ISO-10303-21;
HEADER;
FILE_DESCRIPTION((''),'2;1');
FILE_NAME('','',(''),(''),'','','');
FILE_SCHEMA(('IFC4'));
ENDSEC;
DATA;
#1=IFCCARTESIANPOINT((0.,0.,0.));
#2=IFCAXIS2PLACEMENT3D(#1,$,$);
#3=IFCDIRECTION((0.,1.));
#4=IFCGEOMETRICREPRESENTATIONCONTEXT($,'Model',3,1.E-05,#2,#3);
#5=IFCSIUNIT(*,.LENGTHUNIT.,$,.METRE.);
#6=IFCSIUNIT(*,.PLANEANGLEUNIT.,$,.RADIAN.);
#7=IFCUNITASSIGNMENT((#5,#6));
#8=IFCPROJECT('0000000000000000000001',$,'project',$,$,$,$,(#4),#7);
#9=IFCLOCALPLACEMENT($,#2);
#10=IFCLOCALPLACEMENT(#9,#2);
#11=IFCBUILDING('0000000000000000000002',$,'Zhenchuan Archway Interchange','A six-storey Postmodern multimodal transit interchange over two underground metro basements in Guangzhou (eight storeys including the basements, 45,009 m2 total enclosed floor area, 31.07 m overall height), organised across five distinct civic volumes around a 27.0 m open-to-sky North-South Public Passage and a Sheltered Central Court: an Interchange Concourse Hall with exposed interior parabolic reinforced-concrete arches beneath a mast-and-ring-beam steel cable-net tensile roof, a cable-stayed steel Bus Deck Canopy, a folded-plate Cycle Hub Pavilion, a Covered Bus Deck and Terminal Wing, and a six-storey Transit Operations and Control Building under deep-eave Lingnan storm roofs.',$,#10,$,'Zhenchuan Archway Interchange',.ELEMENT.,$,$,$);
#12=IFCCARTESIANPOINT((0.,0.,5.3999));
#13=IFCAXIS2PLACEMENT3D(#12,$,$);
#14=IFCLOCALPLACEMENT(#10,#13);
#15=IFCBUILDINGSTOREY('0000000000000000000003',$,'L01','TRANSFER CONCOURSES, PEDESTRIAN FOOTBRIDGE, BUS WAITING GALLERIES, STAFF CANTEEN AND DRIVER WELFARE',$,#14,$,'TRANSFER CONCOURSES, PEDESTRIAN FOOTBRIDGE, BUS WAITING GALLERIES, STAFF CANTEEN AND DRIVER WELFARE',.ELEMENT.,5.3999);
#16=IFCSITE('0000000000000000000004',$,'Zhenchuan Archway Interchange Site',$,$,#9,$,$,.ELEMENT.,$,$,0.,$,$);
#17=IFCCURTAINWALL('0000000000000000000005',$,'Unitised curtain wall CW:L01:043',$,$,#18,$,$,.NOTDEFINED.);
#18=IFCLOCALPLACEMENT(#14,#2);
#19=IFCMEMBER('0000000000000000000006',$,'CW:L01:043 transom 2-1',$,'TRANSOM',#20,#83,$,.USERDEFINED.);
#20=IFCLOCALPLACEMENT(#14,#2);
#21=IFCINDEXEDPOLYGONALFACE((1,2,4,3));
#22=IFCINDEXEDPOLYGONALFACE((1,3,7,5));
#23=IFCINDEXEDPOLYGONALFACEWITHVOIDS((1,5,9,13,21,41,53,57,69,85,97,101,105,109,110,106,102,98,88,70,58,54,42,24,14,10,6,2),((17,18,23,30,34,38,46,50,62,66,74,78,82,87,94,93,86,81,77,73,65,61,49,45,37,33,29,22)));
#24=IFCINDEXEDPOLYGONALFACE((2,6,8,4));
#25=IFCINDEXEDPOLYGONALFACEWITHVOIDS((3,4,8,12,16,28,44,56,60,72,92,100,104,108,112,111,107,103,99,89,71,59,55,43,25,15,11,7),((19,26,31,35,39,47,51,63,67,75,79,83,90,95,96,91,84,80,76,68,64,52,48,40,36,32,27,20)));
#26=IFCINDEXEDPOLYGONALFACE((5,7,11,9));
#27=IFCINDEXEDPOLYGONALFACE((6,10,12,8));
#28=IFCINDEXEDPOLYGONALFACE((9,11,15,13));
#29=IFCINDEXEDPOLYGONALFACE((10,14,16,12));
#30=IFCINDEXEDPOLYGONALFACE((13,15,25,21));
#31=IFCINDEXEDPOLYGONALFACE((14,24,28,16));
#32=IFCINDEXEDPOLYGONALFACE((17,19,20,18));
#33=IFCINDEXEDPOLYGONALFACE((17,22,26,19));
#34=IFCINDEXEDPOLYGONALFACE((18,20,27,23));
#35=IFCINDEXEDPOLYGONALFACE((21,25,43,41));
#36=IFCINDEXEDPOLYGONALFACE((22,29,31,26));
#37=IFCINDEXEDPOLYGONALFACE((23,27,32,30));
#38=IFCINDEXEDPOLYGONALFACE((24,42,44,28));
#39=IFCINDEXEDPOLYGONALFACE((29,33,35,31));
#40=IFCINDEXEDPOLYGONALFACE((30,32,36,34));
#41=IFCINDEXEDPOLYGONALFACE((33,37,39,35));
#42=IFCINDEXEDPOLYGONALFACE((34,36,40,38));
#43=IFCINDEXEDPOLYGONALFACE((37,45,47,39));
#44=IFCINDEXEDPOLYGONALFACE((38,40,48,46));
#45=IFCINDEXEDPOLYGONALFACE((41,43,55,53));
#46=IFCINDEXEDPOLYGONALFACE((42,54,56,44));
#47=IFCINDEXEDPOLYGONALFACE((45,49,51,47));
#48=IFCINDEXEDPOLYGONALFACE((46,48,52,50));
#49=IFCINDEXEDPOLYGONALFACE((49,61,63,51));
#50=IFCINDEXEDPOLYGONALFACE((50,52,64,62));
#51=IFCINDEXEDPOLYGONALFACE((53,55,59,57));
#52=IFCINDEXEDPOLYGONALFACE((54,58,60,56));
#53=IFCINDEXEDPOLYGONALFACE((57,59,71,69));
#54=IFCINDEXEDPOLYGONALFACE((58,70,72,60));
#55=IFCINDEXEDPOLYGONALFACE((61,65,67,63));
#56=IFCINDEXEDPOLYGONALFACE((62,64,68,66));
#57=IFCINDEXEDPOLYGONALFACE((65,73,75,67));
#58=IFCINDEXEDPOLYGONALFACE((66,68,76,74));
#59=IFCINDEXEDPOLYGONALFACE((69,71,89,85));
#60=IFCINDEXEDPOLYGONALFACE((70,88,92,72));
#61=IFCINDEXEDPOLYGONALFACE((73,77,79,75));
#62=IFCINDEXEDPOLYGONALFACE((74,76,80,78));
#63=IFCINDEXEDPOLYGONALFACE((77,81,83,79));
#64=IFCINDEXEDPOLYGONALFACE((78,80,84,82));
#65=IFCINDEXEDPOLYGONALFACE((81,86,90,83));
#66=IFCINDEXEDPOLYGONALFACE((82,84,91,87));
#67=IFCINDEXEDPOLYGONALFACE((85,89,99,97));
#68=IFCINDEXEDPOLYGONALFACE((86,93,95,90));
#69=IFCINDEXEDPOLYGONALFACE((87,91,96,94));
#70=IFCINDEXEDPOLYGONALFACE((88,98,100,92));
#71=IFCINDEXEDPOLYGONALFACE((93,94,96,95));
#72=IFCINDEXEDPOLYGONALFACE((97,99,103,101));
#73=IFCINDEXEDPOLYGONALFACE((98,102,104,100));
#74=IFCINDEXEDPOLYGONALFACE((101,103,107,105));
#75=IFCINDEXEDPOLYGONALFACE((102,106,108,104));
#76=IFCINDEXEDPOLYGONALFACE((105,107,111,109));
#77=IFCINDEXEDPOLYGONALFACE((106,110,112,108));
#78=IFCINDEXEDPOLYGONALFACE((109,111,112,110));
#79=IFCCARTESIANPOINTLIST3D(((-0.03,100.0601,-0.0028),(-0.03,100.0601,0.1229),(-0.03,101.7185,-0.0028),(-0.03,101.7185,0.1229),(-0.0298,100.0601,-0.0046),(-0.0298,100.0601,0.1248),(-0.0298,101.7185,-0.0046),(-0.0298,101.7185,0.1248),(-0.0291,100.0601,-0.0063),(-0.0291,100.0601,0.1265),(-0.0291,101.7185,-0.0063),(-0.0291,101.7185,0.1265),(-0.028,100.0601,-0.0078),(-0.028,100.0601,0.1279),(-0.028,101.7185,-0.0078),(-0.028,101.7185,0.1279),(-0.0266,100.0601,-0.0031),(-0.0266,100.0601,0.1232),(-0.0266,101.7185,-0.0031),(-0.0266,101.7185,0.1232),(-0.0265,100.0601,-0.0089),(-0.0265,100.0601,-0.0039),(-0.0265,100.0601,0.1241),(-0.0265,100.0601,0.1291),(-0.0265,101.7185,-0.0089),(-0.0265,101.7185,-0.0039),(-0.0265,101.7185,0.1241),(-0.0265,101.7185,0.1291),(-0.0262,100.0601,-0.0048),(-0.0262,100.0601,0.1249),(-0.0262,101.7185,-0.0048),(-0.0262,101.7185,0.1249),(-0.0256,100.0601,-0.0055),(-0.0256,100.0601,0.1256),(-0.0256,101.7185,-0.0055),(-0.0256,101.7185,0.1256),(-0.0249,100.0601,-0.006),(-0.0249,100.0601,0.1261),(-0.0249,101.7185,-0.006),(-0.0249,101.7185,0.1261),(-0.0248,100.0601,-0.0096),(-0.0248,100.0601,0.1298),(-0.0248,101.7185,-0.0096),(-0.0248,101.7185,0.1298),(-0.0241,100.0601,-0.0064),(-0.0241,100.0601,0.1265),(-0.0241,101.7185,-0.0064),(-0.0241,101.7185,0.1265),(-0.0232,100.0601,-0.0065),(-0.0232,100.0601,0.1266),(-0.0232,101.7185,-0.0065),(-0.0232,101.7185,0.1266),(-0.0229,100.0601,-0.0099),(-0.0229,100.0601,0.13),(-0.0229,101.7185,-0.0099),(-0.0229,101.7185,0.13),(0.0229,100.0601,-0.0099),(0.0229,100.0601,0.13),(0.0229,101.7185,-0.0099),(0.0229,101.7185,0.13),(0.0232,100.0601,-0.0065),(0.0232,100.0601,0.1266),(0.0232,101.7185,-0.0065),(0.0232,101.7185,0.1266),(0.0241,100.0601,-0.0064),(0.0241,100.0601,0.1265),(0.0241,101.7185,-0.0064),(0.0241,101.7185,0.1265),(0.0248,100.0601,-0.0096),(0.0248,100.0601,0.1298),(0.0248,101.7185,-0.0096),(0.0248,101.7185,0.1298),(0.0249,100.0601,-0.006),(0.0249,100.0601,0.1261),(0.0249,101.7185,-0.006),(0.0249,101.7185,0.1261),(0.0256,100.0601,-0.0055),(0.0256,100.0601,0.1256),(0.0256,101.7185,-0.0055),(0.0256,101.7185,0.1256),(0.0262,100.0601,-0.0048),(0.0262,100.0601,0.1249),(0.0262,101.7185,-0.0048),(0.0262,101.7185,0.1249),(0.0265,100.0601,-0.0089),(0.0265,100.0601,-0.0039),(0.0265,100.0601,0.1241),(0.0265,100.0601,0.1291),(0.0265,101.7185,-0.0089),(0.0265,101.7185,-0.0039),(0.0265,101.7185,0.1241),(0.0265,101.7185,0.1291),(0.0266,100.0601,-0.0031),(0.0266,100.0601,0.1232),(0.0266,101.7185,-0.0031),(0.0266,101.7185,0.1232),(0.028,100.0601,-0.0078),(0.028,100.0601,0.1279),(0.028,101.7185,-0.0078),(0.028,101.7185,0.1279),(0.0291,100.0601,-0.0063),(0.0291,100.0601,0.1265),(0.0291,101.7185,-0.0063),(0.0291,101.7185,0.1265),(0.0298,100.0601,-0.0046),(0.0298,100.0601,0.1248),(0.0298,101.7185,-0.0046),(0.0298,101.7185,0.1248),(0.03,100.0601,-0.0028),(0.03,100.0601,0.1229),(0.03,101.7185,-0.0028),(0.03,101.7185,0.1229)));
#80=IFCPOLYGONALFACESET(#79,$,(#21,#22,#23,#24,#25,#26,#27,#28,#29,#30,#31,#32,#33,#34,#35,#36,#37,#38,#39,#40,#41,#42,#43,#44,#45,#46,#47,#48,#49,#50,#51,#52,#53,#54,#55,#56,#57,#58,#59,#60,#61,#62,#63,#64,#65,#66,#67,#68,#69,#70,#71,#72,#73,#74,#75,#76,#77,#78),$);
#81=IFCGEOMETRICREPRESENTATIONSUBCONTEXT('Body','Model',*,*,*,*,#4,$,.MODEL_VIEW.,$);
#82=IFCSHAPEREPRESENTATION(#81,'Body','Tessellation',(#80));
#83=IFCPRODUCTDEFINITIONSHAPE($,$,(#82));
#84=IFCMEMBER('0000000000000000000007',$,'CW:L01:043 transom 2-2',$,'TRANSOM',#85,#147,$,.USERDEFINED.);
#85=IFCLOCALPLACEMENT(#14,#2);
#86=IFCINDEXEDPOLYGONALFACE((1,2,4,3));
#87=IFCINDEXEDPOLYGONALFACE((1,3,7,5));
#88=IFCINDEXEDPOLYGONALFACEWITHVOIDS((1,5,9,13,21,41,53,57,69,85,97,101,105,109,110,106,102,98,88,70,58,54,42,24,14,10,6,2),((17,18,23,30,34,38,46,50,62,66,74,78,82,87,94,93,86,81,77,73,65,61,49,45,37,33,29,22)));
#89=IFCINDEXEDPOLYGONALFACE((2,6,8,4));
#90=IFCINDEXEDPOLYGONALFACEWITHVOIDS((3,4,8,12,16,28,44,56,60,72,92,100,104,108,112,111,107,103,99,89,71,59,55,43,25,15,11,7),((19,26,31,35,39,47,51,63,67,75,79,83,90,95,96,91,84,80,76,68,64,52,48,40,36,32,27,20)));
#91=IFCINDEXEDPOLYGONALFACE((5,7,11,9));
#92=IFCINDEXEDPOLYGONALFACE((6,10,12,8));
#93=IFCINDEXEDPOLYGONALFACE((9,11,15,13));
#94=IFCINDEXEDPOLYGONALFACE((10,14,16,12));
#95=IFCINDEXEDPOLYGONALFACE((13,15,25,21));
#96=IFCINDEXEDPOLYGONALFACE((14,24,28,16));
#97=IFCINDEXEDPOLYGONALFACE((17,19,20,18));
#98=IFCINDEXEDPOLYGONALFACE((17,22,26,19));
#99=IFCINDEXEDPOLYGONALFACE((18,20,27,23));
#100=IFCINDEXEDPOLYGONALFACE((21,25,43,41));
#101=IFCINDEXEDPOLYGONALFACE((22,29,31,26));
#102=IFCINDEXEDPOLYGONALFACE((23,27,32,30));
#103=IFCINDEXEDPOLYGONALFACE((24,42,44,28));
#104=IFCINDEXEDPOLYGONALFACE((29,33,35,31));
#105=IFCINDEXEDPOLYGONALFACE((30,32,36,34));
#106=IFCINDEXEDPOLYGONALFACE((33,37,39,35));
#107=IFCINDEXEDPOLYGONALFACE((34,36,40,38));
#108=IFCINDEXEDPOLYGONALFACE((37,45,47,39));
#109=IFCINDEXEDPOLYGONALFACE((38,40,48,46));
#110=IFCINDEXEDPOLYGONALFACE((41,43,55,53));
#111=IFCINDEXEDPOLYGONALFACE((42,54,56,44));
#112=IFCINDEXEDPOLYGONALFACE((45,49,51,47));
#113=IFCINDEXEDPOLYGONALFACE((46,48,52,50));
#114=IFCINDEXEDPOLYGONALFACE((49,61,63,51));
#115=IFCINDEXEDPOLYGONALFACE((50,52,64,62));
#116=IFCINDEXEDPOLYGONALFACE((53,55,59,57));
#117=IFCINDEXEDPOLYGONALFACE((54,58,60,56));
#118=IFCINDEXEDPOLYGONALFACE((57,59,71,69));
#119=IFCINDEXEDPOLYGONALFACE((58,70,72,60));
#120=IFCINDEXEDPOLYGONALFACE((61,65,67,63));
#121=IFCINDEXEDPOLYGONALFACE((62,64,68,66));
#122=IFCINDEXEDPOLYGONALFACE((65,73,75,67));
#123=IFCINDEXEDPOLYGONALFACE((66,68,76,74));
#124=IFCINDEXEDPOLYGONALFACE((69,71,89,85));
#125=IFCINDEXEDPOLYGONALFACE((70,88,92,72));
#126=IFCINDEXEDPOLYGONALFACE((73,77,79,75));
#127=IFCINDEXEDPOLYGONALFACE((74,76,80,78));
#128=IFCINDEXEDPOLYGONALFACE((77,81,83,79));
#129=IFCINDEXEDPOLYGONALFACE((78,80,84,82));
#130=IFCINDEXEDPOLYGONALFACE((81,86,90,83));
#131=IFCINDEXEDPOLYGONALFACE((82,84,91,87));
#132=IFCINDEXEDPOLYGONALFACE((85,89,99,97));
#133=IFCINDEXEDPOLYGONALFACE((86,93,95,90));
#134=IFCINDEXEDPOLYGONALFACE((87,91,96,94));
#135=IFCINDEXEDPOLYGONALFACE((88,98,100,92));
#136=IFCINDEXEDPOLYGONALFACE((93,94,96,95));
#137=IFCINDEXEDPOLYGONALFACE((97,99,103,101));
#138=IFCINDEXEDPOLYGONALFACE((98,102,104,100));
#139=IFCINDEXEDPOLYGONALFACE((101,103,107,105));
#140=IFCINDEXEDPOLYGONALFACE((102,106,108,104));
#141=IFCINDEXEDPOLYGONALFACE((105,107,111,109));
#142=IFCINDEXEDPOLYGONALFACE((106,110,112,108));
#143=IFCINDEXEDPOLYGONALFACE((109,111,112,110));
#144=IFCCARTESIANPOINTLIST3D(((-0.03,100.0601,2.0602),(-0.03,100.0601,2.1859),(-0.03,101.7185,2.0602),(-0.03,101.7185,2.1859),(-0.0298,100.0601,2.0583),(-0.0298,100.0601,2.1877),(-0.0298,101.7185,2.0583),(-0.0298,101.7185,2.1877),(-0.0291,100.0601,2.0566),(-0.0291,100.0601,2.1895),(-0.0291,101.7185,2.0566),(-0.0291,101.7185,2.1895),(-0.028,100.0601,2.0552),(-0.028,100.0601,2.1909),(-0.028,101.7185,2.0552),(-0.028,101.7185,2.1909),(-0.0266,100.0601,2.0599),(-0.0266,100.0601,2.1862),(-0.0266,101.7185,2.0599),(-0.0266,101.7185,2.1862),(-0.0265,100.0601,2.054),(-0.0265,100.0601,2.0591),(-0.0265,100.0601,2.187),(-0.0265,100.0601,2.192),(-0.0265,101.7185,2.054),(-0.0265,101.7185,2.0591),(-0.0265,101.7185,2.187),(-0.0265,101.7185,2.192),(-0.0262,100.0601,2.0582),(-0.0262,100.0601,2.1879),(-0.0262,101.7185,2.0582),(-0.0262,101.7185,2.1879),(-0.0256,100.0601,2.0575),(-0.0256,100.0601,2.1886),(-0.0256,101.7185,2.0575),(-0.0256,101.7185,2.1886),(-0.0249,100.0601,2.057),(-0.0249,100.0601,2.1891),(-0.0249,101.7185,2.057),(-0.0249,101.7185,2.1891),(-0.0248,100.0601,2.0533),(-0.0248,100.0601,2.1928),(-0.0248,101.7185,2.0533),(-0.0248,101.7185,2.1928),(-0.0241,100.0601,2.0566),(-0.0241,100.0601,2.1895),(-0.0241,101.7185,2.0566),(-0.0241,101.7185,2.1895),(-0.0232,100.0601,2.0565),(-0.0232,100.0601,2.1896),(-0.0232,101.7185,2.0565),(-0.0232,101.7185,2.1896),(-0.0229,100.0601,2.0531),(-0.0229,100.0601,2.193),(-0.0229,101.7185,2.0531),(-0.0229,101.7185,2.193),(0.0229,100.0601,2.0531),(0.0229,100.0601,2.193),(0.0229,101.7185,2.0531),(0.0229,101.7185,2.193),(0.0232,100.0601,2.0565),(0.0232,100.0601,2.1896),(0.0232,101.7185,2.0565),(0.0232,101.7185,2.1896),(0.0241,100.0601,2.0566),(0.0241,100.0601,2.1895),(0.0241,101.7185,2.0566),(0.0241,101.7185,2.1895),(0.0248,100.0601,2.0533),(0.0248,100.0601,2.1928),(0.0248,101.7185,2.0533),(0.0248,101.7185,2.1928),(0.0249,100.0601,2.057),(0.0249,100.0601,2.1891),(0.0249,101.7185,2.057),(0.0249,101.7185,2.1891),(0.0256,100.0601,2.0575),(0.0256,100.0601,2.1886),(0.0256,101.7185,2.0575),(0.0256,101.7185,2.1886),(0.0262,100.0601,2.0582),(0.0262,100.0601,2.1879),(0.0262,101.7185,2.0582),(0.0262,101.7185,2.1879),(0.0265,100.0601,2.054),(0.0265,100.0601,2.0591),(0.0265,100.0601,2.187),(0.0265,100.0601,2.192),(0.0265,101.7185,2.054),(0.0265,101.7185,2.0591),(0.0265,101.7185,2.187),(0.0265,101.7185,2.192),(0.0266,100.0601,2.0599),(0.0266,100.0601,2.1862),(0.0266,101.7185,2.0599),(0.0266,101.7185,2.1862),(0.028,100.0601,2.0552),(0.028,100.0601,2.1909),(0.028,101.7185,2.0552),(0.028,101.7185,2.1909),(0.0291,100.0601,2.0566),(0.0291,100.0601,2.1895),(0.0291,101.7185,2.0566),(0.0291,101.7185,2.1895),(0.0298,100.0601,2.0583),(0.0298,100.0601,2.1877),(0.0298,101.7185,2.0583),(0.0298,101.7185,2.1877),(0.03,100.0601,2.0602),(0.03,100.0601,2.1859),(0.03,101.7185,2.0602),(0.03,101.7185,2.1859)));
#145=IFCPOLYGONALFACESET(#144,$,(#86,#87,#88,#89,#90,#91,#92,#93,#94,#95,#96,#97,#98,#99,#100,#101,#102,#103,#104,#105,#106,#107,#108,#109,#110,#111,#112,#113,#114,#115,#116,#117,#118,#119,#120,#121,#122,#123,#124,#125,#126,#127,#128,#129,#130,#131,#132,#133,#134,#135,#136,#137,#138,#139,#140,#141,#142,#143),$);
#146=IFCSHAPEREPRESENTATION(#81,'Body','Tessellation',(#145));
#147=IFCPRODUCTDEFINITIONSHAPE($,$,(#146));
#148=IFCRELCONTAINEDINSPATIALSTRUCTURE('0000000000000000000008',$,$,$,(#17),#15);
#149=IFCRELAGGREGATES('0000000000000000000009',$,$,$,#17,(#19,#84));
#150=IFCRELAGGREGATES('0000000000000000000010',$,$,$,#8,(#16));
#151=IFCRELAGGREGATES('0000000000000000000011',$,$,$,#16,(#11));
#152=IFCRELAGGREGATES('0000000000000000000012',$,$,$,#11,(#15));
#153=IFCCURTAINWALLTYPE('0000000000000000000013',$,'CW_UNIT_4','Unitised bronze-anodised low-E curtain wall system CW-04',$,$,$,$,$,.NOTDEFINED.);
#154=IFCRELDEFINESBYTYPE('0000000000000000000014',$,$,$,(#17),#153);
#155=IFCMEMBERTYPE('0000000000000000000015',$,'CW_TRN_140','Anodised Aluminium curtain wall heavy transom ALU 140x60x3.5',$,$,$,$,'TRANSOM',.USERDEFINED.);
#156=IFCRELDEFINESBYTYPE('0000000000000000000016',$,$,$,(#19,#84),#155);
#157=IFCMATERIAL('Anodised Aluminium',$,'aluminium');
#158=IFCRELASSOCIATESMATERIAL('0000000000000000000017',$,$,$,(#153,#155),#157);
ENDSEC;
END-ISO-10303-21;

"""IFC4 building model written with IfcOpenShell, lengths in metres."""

from ifc_helpers import new_model, si_unit, direction, frame, origin, origin_2d, place, context, subcontext, project, spatial, hollow_rectangle, extrude, material, material_profile, profile_set, type_object, element, aggregate, save


model = new_model("IFC4")

# Units and contexts
model_context = context("Model", 3, precision=1e-05, world=origin(), true_north=direction((0.0, 1.0)))
body_context = subcontext(model_context, "Body", "Model", "MODEL_VIEW")
ifc_project = project(units=[si_unit("LENGTHUNIT", "METRE"), si_unit("PLANEANGLEUNIT", "RADIAN")], contexts=[model_context])

# Site, building, storey
site_placement = place(None, origin())
site = spatial("IfcSite", under=ifc_project, at=site_placement, Name="Zhenchuan Archway Interchange Site", CompositionType="ELEMENT", RefElevation=0.0)
building_placement = place(site_placement, origin())
building = spatial("IfcBuilding", under=site, at=building_placement, Name="Zhenchuan Archway Interchange", Description="A six-storey Postmodern multimodal transit interchange over two underground metro basements in Guangzhou (eight storeys including the basements, 45,009 m2 total enclosed floor area, 31.07 m overall height), organised across five distinct civic volumes around a 27.0 m open-to-sky North-South Public Passage and a Sheltered Central Court: an Interchange Concourse Hall with exposed interior parabolic reinforced-concrete arches beneath a mast-and-ring-beam steel cable-net tensile roof, a cable-stayed steel Bus Deck Canopy, a folded-plate Cycle Hub Pavilion, a Covered Bus Deck and Terminal Wing, and a six-storey Transit Operations and Control Building under deep-eave Lingnan storm roofs.", LongName="Zhenchuan Archway Interchange", CompositionType="ELEMENT")
storey_placement = place(building_placement, frame((0.0, 0.0, 5.3999)))
storey = spatial("IfcBuildingStorey", under=building, at=storey_placement, Name="L01", Description="TRANSFER CONCOURSES, PEDESTRIAN FOOTBRIDGE, BUS WAITING GALLERIES, STAFF CANTEEN AND DRIVER WELFARE", LongName="TRANSFER CONCOURSES, PEDESTRIAN FOOTBRIDGE, BUS WAITING GALLERIES, STAFF CANTEEN AND DRIVER WELFARE", CompositionType="ELEMENT", Elevation=5.3999)

# Curtain wall, members
ifc_material_1 = material(Name="Anodised Aluminium", Category="aluminium")
curtain_wall_type = type_object("IfcCurtainWallType", Name="CW_UNIT_4", Description="Unitised bronze-anodised low-E curtain wall system CW-04", PredefinedType="NOTDEFINED", material=ifc_material_1)
curtain_wall_placement = place(storey_placement, origin())
curtain_wall = element("IfcCurtainWall", 1, at=curtain_wall_placement, inside=storey, type_object=curtain_wall_type, Name="Unitised curtain wall CW:L01:043", PredefinedType="NOTDEFINED")
ifc_material_profile_1 = material_profile(ifc_material_1, hollow_rectangle(XDim=0.0601, YDim=0.1399, WallThickness=0.0034, InnerFilletRadius=0.0034, OuterFilletRadius=0.0071, at=origin_2d()), Name="ALU 140x60x3.5")
ifc_profile_set_1 = profile_set([ifc_material_profile_1], Name="Anodised Aluminium")
member_type_1 = type_object("IfcMemberType", Name="CW_TRN_140", Description="Anodised Aluminium curtain wall heavy transom ALU 140x60x3.5", ElementType="TRANSOM", PredefinedType="USERDEFINED", material=ifc_profile_set_1)
member_1_placement = place(storey_placement, frame((0.0, 100.0601, 0.0601), z_axis=(0.0, 1.0, 0.0), x_axis=(-1.0, 0.0, 0.0)))
member_1 = element("IfcMember", 2, at=member_1_placement, type_object=member_type_1, Name="CW:L01:043 transom 2-1", ObjectType="TRANSOM", PredefinedType="USERDEFINED", context=body_context, shape_type="SweptSolid", body=[
    extrude(hollow_rectangle(XDim=0.0601, YDim=0.1399, WallThickness=0.0034, InnerFilletRadius=0.0034, OuterFilletRadius=0.0071, at=origin_2d()), origin(), (0.0, 0.0, 1.0), 1.6584),
])
member_2_placement = place(storey_placement, frame((0.0, 100.0601, 2.123), z_axis=(0.0, 1.0, 0.0), x_axis=(-1.0, 0.0, 0.0)))
member_2 = element("IfcMember", 3, at=member_2_placement, type_object=member_type_1, Name="CW:L01:043 transom 2-2", ObjectType="TRANSOM", PredefinedType="USERDEFINED", context=body_context, shape_type="SweptSolid", body=[
    extrude(hollow_rectangle(XDim=0.0601, YDim=0.1399, WallThickness=0.0034, InnerFilletRadius=0.0034, OuterFilletRadius=0.0071, at=origin_2d()), origin(), (0.0, 0.0, 1.0), 1.6584),
])

aggregate(curtain_wall, [member_1, member_2])

save(model, "model.ifc")
